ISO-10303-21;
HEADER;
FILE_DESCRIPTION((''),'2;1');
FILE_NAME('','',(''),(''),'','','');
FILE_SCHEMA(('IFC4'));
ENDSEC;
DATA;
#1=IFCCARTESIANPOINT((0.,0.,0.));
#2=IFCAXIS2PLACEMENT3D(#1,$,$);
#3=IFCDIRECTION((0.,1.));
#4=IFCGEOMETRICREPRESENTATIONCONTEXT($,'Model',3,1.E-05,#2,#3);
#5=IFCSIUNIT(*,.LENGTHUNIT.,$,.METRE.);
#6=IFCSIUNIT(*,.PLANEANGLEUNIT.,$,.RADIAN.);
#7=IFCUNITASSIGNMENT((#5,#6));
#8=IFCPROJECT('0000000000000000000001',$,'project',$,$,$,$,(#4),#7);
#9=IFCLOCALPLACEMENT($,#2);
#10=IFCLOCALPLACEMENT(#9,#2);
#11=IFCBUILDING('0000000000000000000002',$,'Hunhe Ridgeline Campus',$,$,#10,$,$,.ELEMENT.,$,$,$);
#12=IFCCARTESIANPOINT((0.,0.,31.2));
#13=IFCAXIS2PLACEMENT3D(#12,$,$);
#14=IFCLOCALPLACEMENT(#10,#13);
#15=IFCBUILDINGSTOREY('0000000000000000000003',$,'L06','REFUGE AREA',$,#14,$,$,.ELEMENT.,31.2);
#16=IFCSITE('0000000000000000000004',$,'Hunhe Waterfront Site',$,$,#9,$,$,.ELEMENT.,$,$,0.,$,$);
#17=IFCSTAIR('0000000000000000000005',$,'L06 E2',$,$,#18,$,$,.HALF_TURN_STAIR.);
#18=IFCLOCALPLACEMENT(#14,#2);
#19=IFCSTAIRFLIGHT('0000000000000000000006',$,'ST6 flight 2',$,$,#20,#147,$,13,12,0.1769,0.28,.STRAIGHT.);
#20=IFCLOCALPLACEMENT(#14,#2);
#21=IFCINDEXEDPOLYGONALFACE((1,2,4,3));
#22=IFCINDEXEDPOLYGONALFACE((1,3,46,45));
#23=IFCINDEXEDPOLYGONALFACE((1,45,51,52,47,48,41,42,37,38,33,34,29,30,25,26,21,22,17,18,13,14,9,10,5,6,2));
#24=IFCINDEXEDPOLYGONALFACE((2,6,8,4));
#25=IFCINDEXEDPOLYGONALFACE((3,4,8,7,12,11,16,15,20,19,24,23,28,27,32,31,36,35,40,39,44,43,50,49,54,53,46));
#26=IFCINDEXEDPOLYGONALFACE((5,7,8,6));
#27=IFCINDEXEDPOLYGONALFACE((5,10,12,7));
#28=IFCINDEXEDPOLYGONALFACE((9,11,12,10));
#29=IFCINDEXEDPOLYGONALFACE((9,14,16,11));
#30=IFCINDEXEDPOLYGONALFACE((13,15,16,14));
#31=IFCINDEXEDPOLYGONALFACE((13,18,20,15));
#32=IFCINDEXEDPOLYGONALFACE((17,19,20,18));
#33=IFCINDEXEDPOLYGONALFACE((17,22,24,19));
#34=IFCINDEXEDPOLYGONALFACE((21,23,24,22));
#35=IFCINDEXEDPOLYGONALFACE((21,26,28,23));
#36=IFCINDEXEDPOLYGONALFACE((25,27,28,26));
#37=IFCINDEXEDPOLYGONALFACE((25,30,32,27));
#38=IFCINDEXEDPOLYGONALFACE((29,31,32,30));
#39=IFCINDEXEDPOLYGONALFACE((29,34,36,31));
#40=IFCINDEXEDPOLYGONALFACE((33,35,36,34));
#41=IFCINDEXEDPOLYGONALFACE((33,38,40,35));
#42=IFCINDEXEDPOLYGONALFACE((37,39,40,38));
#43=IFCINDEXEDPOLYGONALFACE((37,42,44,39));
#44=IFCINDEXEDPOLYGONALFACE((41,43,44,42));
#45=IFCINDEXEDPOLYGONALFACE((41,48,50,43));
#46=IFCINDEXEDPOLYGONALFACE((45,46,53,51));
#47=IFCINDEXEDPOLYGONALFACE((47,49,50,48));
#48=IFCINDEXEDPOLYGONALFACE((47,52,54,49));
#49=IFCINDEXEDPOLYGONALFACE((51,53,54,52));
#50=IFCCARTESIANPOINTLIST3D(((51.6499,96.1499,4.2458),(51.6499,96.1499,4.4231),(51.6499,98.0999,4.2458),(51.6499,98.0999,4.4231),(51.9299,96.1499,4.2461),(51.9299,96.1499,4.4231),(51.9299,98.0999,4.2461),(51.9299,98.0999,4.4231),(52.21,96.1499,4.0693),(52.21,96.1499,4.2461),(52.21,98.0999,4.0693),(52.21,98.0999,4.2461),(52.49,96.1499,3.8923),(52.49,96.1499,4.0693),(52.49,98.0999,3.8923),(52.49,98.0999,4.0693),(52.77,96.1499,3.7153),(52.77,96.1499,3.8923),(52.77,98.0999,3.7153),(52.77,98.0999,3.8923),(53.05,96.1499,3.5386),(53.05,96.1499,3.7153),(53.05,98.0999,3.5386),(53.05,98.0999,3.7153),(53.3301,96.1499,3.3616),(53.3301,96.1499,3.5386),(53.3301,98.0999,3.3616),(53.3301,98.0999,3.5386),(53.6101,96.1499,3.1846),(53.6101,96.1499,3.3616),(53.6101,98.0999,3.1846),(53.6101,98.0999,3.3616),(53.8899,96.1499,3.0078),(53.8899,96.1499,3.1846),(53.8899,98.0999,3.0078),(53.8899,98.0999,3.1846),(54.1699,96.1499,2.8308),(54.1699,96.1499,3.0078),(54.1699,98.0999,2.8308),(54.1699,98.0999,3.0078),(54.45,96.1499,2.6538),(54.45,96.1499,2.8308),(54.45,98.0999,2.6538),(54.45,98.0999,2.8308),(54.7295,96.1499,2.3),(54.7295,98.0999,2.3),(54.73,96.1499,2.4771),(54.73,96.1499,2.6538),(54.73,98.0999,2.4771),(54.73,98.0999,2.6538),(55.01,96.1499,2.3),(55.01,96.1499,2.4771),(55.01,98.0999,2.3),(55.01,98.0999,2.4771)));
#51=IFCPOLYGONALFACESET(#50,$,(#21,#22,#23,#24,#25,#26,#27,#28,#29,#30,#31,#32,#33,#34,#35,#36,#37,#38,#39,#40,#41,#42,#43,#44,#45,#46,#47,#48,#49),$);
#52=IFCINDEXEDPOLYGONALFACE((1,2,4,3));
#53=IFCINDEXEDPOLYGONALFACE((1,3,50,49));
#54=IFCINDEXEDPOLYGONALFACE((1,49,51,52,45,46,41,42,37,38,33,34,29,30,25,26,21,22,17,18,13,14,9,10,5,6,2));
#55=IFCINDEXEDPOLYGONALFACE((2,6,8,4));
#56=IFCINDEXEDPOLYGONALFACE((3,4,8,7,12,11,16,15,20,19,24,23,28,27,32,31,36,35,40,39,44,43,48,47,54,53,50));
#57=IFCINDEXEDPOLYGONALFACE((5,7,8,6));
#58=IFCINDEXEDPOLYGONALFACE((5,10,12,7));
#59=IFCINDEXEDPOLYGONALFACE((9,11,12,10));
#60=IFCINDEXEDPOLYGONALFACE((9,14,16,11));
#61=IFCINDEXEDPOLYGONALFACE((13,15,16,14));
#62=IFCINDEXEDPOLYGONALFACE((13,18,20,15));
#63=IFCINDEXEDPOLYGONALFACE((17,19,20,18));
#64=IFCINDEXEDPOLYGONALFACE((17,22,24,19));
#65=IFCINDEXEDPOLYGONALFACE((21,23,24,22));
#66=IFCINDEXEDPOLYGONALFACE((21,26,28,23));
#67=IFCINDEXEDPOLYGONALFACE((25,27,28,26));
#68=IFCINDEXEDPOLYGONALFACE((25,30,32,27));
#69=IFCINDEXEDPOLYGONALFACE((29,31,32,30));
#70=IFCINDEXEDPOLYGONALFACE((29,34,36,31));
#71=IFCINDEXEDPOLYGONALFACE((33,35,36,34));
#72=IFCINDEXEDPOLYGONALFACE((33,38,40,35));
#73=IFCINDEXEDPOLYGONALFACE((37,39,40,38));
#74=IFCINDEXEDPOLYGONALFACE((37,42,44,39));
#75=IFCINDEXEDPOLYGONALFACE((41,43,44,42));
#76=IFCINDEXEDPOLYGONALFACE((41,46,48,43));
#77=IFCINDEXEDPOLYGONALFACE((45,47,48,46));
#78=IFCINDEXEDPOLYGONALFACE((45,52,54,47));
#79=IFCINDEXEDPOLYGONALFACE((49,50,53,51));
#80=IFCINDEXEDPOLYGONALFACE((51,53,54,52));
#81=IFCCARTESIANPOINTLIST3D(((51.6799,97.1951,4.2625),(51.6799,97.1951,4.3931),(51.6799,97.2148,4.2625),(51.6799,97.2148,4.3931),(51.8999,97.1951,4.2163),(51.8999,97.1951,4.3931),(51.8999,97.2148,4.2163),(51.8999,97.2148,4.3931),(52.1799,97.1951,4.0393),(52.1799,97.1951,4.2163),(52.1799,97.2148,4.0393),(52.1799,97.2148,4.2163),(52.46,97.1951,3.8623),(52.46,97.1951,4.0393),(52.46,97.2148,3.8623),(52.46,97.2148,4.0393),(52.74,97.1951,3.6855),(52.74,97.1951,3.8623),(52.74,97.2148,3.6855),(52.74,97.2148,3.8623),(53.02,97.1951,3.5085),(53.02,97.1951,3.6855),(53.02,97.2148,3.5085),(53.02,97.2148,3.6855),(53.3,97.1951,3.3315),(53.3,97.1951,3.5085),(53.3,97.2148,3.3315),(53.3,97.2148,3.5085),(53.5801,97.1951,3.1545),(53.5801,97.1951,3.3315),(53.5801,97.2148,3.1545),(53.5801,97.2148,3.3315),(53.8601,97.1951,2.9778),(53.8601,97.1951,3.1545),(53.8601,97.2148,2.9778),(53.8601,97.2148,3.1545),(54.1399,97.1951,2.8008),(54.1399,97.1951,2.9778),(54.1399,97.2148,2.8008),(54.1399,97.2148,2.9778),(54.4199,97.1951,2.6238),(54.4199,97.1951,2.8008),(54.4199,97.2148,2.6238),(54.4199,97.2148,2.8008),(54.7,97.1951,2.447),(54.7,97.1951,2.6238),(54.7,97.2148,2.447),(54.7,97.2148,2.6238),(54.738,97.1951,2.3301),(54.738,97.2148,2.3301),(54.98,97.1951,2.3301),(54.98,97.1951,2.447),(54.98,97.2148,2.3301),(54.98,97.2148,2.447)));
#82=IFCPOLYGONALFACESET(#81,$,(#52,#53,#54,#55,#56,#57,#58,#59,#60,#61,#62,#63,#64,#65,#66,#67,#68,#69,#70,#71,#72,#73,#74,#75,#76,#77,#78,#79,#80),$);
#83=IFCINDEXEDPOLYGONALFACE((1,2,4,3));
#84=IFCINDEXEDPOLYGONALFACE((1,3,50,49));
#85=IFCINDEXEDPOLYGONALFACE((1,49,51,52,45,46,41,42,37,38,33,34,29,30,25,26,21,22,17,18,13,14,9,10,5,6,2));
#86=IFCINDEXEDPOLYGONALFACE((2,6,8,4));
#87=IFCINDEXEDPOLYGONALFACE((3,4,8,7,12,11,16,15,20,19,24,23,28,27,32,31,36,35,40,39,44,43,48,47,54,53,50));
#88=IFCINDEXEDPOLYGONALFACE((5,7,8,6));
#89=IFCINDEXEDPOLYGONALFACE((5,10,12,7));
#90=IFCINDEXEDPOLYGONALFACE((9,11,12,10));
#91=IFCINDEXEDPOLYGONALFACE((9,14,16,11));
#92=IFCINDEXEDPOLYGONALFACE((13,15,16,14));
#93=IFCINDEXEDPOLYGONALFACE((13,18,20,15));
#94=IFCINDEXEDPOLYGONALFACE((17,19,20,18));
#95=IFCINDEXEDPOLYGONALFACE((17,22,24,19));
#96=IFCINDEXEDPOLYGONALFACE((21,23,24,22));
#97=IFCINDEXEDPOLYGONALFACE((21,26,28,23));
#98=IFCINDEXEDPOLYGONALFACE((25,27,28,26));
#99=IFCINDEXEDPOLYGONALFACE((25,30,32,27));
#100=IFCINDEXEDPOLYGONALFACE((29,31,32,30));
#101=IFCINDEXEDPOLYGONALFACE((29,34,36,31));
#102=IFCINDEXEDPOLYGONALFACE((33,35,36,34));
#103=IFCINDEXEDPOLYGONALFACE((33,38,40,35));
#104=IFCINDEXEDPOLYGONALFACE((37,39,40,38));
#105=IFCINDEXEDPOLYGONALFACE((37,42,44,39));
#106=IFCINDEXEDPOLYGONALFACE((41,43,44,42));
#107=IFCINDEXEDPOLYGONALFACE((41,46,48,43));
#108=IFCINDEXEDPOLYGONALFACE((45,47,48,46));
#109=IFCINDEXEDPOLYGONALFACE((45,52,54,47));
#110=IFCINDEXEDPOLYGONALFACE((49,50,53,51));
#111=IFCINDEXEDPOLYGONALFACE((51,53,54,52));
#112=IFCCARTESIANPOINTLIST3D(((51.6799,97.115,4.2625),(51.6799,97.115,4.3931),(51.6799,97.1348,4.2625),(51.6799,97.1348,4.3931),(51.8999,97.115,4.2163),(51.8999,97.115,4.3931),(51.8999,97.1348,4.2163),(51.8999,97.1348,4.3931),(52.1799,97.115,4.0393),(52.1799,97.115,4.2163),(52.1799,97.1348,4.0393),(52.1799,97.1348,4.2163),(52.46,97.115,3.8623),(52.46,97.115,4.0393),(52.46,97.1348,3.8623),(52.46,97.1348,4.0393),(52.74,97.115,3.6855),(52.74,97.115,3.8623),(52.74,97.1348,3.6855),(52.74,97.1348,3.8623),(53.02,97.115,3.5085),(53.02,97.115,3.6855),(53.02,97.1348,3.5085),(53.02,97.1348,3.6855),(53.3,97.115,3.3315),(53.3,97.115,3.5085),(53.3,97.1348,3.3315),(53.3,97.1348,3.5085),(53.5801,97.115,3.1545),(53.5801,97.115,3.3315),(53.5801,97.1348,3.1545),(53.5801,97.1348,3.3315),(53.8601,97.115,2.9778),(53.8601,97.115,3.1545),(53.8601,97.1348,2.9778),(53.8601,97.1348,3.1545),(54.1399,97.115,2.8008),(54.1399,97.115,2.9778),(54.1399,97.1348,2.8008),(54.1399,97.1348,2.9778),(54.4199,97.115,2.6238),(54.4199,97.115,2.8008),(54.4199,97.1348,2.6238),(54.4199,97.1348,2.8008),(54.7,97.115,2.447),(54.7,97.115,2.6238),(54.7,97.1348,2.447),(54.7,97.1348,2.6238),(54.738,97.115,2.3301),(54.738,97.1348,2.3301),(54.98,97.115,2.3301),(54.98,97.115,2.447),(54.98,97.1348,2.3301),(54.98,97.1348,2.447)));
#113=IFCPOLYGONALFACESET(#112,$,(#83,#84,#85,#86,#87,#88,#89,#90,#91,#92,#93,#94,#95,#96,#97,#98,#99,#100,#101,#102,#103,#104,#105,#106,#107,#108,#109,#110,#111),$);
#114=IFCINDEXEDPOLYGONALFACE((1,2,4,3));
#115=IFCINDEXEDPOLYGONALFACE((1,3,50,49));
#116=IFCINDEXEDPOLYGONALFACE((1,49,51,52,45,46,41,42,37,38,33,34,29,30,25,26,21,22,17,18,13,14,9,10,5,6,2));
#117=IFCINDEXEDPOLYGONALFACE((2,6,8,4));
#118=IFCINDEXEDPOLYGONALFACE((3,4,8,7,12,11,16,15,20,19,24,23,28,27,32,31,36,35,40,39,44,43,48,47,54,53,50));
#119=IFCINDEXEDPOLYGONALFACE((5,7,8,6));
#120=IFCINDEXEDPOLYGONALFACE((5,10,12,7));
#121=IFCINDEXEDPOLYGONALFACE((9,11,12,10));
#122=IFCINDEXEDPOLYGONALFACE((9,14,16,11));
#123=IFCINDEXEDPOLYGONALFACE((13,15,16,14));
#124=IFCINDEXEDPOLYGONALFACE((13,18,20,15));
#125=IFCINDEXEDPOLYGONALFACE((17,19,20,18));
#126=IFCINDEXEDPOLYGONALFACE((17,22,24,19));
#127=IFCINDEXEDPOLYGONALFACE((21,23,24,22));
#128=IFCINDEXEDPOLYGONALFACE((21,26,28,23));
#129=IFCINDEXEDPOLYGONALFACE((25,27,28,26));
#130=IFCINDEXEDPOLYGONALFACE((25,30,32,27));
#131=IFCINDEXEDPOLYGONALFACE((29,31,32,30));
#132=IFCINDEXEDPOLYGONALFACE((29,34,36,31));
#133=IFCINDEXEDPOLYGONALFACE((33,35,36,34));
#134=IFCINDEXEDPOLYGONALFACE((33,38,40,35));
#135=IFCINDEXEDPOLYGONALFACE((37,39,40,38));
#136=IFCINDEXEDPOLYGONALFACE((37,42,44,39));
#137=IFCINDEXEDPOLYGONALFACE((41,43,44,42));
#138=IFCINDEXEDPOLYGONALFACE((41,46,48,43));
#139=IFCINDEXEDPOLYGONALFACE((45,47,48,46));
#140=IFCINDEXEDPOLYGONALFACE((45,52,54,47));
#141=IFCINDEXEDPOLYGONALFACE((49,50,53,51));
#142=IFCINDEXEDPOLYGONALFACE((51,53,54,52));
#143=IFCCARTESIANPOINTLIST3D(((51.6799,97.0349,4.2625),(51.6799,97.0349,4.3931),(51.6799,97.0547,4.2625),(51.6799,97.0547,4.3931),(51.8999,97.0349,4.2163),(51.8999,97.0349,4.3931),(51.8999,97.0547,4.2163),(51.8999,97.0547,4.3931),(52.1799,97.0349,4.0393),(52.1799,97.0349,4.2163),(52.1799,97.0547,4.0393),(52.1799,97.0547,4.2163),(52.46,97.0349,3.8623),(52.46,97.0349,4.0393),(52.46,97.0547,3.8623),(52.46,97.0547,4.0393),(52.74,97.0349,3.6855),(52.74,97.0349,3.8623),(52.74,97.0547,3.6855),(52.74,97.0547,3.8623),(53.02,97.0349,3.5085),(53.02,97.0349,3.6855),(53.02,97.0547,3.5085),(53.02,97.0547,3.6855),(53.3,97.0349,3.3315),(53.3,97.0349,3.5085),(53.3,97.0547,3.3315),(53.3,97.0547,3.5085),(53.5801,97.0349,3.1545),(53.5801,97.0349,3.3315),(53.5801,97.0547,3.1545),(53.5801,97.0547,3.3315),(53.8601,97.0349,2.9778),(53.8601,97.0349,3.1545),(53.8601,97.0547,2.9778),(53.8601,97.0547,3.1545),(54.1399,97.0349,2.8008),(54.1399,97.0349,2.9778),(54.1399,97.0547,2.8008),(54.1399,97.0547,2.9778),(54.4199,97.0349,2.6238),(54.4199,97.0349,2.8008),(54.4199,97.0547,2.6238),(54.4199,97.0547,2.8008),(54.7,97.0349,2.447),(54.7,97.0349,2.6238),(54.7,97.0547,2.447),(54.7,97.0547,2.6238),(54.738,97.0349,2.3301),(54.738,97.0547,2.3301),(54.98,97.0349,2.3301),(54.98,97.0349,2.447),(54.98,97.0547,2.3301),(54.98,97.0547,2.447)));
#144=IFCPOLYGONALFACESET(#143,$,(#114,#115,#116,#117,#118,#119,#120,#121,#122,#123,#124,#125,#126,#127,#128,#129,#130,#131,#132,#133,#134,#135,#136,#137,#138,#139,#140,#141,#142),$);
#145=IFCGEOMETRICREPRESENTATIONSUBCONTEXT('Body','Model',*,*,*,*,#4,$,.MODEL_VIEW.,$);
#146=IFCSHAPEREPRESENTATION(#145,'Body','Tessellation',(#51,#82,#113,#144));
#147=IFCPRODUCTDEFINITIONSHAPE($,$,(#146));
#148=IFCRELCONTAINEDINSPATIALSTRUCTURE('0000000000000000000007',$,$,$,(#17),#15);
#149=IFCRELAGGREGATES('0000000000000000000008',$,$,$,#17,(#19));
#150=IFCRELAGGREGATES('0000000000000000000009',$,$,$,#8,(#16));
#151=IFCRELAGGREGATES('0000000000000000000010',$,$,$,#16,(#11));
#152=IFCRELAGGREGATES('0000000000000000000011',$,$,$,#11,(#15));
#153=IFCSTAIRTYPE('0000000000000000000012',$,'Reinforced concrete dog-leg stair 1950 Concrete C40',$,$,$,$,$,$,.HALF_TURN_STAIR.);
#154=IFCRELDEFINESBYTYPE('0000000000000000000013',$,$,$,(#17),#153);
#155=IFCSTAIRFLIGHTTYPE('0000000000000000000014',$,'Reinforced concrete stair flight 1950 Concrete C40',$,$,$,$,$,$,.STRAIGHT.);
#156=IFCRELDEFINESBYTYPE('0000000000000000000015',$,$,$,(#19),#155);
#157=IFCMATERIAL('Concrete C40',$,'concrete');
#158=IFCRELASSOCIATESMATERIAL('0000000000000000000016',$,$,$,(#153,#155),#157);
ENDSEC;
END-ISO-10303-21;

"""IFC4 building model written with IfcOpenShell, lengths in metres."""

from ifc_helpers import new_model, si_unit, direction, frame, origin, place, context, subcontext, project, spatial, polyline, outline, extrude, material, type_object, element, aggregate, save


model = new_model("IFC4")

# Units and contexts
model_context = context("Model", 3, precision=1e-05, world=origin(), true_north=direction((0.0, 1.0)))
body_context = subcontext(model_context, "Body", "Model", "MODEL_VIEW")
ifc_project = project(units=[si_unit("LENGTHUNIT", "METRE"), si_unit("PLANEANGLEUNIT", "RADIAN")], contexts=[model_context])

# Site, building, storey
site_placement = place(None, origin())
site = spatial("IfcSite", under=ifc_project, at=site_placement, Name="Hunhe Waterfront Site", CompositionType="ELEMENT", RefElevation=0.0)
building_placement = place(site_placement, origin())
building = spatial("IfcBuilding", under=site, at=building_placement, Name="Hunhe Ridgeline Campus", CompositionType="ELEMENT")
storey_placement = place(building_placement, frame((0.0, 0.0, 31.2)))
storey = spatial("IfcBuildingStorey", under=building, at=storey_placement, Name="L06", Description="REFUGE AREA", CompositionType="ELEMENT", Elevation=31.2)

# Shared definitions
ifc_material_1 = material(Name="Concrete C40", Category="concrete")
stair_type = type_object("IfcStairType", Name="Reinforced concrete dog-leg stair 1950 Concrete C40", PredefinedType="HALF_TURN_STAIR", material=ifc_material_1)
stair_flight_type = type_object("IfcStairFlightType", Name="Reinforced concrete stair flight 1950 Concrete C40", PredefinedType="STRAIGHT", material=ifc_material_1)

# Stair, stair flight
stair_1_placement = place(storey_placement, origin())
stair_1 = element("IfcStair", 1, at=stair_1_placement, inside=storey, type_object=stair_type, Name="L06 E2", PredefinedType="HALF_TURN_STAIR")
stair_flight_1_placement = place(storey_placement, frame((55.01, 97.125, 2.3), z_axis=(0.0, 0.0, 1.0), x_axis=(-1.0, 0.0, 0.0)))
stair_flight_1 = element("IfcStairFlight", 2, at=stair_flight_1_placement, type_object=stair_flight_type, Name="ST6 flight 2", NumberOfRisers=13, NumberOfTreads=12, PredefinedType="STRAIGHT", RiserHeight=0.1769, TreadLength=0.28, context=body_context, shape_type="SweptSolid", body=[
    extrude(outline(polyline([(0.0, 0.0), (0.0, 0.177), (0.28, 0.177), (0.28, 0.3538), (0.5601, 0.3538), (0.5601, 0.5308), (0.8401, 0.5308), (0.8401, 0.7078), (1.1201, 0.7078), (1.1201, 0.8845), (1.3999, 0.8845), (1.3999, 1.0615), (1.6799, 1.0615), (1.6799, 1.2385), (1.96, 1.2385), (1.96, 1.4153), (2.24, 1.4153), (2.24, 1.5923), (2.52, 1.5923), (2.52, 1.7693), (2.8, 1.7693), (2.8, 1.946), (3.0801, 1.946), (3.0801, 2.123), (3.3601, 2.123), (3.3601, 2.3), (3.3601, 1.9458), (0.2805, 0.0), (0.0, 0.0)])), frame((0.0, 0.9751, 0.0), z_axis=(0.0, -1.0, 0.0), x_axis=(1.0, 0.0, 0.0)), (0.0, 0.0, 1.0), 1.95),
    extrude(outline(polyline([(0.03, 0.03), (0.03, 0.147), (0.3101, 0.147), (0.3101, 0.3237), (0.5901, 0.3237), (0.5901, 0.5007), (0.8701, 0.5007), (0.8701, 0.6777), (1.1499, 0.6777), (1.1499, 0.8545), (1.4299, 0.8545), (1.4299, 1.0315), (1.71, 1.0315), (1.71, 1.2085), (1.99, 1.2085), (1.99, 1.3855), (2.27, 1.3855), (2.27, 1.5623), (2.55, 1.5623), (2.55, 1.7393), (2.8301, 1.7393), (2.8301, 1.9163), (3.1101, 1.9163), (3.1101, 2.093), (3.3301, 2.093), (3.3301, 1.9624), (0.272, 0.03), (0.03, 0.03)])), frame((0.0, -0.0701, 0.0), z_axis=(0.0, -1.0, 0.0), x_axis=(1.0, 0.0, 0.0)), (0.0, 0.0, 1.0), 0.0198),
    extrude(outline(polyline([(0.03, 0.03), (0.03, 0.147), (0.3101, 0.147), (0.3101, 0.3237), (0.5901, 0.3237), (0.5901, 0.5007), (0.8701, 0.5007), (0.8701, 0.6777), (1.1499, 0.6777), (1.1499, 0.8545), (1.4299, 0.8545), (1.4299, 1.0315), (1.71, 1.0315), (1.71, 1.2085), (1.99, 1.2085), (1.99, 1.3855), (2.27, 1.3855), (2.27, 1.5623), (2.55, 1.5623), (2.55, 1.7393), (2.8301, 1.7393), (2.8301, 1.9163), (3.1101, 1.9163), (3.1101, 2.093), (3.3301, 2.093), (3.3301, 1.9624), (0.272, 0.03), (0.03, 0.03)])), frame((0.0, 0.01, 0.0), z_axis=(0.0, -1.0, 0.0), x_axis=(1.0, 0.0, 0.0)), (0.0, 0.0, 1.0), 0.0198),
    extrude(outline(polyline([(0.03, 0.03), (0.03, 0.147), (0.3101, 0.147), (0.3101, 0.3237), (0.5901, 0.3237), (0.5901, 0.5007), (0.8701, 0.5007), (0.8701, 0.6777), (1.1499, 0.6777), (1.1499, 0.8545), (1.4299, 0.8545), (1.4299, 1.0315), (1.71, 1.0315), (1.71, 1.2085), (1.99, 1.2085), (1.99, 1.3855), (2.27, 1.3855), (2.27, 1.5623), (2.55, 1.5623), (2.55, 1.7393), (2.8301, 1.7393), (2.8301, 1.9163), (3.1101, 1.9163), (3.1101, 2.093), (3.3301, 2.093), (3.3301, 1.9624), (0.272, 0.03), (0.03, 0.03)])), frame((0.0, 0.0901, 0.0), z_axis=(0.0, -1.0, 0.0), x_axis=(1.0, 0.0, 0.0)), (0.0, 0.0, 1.0), 0.0198),
])
aggregate(stair_1, [stair_flight_1])

save(model, "model.ifc")
